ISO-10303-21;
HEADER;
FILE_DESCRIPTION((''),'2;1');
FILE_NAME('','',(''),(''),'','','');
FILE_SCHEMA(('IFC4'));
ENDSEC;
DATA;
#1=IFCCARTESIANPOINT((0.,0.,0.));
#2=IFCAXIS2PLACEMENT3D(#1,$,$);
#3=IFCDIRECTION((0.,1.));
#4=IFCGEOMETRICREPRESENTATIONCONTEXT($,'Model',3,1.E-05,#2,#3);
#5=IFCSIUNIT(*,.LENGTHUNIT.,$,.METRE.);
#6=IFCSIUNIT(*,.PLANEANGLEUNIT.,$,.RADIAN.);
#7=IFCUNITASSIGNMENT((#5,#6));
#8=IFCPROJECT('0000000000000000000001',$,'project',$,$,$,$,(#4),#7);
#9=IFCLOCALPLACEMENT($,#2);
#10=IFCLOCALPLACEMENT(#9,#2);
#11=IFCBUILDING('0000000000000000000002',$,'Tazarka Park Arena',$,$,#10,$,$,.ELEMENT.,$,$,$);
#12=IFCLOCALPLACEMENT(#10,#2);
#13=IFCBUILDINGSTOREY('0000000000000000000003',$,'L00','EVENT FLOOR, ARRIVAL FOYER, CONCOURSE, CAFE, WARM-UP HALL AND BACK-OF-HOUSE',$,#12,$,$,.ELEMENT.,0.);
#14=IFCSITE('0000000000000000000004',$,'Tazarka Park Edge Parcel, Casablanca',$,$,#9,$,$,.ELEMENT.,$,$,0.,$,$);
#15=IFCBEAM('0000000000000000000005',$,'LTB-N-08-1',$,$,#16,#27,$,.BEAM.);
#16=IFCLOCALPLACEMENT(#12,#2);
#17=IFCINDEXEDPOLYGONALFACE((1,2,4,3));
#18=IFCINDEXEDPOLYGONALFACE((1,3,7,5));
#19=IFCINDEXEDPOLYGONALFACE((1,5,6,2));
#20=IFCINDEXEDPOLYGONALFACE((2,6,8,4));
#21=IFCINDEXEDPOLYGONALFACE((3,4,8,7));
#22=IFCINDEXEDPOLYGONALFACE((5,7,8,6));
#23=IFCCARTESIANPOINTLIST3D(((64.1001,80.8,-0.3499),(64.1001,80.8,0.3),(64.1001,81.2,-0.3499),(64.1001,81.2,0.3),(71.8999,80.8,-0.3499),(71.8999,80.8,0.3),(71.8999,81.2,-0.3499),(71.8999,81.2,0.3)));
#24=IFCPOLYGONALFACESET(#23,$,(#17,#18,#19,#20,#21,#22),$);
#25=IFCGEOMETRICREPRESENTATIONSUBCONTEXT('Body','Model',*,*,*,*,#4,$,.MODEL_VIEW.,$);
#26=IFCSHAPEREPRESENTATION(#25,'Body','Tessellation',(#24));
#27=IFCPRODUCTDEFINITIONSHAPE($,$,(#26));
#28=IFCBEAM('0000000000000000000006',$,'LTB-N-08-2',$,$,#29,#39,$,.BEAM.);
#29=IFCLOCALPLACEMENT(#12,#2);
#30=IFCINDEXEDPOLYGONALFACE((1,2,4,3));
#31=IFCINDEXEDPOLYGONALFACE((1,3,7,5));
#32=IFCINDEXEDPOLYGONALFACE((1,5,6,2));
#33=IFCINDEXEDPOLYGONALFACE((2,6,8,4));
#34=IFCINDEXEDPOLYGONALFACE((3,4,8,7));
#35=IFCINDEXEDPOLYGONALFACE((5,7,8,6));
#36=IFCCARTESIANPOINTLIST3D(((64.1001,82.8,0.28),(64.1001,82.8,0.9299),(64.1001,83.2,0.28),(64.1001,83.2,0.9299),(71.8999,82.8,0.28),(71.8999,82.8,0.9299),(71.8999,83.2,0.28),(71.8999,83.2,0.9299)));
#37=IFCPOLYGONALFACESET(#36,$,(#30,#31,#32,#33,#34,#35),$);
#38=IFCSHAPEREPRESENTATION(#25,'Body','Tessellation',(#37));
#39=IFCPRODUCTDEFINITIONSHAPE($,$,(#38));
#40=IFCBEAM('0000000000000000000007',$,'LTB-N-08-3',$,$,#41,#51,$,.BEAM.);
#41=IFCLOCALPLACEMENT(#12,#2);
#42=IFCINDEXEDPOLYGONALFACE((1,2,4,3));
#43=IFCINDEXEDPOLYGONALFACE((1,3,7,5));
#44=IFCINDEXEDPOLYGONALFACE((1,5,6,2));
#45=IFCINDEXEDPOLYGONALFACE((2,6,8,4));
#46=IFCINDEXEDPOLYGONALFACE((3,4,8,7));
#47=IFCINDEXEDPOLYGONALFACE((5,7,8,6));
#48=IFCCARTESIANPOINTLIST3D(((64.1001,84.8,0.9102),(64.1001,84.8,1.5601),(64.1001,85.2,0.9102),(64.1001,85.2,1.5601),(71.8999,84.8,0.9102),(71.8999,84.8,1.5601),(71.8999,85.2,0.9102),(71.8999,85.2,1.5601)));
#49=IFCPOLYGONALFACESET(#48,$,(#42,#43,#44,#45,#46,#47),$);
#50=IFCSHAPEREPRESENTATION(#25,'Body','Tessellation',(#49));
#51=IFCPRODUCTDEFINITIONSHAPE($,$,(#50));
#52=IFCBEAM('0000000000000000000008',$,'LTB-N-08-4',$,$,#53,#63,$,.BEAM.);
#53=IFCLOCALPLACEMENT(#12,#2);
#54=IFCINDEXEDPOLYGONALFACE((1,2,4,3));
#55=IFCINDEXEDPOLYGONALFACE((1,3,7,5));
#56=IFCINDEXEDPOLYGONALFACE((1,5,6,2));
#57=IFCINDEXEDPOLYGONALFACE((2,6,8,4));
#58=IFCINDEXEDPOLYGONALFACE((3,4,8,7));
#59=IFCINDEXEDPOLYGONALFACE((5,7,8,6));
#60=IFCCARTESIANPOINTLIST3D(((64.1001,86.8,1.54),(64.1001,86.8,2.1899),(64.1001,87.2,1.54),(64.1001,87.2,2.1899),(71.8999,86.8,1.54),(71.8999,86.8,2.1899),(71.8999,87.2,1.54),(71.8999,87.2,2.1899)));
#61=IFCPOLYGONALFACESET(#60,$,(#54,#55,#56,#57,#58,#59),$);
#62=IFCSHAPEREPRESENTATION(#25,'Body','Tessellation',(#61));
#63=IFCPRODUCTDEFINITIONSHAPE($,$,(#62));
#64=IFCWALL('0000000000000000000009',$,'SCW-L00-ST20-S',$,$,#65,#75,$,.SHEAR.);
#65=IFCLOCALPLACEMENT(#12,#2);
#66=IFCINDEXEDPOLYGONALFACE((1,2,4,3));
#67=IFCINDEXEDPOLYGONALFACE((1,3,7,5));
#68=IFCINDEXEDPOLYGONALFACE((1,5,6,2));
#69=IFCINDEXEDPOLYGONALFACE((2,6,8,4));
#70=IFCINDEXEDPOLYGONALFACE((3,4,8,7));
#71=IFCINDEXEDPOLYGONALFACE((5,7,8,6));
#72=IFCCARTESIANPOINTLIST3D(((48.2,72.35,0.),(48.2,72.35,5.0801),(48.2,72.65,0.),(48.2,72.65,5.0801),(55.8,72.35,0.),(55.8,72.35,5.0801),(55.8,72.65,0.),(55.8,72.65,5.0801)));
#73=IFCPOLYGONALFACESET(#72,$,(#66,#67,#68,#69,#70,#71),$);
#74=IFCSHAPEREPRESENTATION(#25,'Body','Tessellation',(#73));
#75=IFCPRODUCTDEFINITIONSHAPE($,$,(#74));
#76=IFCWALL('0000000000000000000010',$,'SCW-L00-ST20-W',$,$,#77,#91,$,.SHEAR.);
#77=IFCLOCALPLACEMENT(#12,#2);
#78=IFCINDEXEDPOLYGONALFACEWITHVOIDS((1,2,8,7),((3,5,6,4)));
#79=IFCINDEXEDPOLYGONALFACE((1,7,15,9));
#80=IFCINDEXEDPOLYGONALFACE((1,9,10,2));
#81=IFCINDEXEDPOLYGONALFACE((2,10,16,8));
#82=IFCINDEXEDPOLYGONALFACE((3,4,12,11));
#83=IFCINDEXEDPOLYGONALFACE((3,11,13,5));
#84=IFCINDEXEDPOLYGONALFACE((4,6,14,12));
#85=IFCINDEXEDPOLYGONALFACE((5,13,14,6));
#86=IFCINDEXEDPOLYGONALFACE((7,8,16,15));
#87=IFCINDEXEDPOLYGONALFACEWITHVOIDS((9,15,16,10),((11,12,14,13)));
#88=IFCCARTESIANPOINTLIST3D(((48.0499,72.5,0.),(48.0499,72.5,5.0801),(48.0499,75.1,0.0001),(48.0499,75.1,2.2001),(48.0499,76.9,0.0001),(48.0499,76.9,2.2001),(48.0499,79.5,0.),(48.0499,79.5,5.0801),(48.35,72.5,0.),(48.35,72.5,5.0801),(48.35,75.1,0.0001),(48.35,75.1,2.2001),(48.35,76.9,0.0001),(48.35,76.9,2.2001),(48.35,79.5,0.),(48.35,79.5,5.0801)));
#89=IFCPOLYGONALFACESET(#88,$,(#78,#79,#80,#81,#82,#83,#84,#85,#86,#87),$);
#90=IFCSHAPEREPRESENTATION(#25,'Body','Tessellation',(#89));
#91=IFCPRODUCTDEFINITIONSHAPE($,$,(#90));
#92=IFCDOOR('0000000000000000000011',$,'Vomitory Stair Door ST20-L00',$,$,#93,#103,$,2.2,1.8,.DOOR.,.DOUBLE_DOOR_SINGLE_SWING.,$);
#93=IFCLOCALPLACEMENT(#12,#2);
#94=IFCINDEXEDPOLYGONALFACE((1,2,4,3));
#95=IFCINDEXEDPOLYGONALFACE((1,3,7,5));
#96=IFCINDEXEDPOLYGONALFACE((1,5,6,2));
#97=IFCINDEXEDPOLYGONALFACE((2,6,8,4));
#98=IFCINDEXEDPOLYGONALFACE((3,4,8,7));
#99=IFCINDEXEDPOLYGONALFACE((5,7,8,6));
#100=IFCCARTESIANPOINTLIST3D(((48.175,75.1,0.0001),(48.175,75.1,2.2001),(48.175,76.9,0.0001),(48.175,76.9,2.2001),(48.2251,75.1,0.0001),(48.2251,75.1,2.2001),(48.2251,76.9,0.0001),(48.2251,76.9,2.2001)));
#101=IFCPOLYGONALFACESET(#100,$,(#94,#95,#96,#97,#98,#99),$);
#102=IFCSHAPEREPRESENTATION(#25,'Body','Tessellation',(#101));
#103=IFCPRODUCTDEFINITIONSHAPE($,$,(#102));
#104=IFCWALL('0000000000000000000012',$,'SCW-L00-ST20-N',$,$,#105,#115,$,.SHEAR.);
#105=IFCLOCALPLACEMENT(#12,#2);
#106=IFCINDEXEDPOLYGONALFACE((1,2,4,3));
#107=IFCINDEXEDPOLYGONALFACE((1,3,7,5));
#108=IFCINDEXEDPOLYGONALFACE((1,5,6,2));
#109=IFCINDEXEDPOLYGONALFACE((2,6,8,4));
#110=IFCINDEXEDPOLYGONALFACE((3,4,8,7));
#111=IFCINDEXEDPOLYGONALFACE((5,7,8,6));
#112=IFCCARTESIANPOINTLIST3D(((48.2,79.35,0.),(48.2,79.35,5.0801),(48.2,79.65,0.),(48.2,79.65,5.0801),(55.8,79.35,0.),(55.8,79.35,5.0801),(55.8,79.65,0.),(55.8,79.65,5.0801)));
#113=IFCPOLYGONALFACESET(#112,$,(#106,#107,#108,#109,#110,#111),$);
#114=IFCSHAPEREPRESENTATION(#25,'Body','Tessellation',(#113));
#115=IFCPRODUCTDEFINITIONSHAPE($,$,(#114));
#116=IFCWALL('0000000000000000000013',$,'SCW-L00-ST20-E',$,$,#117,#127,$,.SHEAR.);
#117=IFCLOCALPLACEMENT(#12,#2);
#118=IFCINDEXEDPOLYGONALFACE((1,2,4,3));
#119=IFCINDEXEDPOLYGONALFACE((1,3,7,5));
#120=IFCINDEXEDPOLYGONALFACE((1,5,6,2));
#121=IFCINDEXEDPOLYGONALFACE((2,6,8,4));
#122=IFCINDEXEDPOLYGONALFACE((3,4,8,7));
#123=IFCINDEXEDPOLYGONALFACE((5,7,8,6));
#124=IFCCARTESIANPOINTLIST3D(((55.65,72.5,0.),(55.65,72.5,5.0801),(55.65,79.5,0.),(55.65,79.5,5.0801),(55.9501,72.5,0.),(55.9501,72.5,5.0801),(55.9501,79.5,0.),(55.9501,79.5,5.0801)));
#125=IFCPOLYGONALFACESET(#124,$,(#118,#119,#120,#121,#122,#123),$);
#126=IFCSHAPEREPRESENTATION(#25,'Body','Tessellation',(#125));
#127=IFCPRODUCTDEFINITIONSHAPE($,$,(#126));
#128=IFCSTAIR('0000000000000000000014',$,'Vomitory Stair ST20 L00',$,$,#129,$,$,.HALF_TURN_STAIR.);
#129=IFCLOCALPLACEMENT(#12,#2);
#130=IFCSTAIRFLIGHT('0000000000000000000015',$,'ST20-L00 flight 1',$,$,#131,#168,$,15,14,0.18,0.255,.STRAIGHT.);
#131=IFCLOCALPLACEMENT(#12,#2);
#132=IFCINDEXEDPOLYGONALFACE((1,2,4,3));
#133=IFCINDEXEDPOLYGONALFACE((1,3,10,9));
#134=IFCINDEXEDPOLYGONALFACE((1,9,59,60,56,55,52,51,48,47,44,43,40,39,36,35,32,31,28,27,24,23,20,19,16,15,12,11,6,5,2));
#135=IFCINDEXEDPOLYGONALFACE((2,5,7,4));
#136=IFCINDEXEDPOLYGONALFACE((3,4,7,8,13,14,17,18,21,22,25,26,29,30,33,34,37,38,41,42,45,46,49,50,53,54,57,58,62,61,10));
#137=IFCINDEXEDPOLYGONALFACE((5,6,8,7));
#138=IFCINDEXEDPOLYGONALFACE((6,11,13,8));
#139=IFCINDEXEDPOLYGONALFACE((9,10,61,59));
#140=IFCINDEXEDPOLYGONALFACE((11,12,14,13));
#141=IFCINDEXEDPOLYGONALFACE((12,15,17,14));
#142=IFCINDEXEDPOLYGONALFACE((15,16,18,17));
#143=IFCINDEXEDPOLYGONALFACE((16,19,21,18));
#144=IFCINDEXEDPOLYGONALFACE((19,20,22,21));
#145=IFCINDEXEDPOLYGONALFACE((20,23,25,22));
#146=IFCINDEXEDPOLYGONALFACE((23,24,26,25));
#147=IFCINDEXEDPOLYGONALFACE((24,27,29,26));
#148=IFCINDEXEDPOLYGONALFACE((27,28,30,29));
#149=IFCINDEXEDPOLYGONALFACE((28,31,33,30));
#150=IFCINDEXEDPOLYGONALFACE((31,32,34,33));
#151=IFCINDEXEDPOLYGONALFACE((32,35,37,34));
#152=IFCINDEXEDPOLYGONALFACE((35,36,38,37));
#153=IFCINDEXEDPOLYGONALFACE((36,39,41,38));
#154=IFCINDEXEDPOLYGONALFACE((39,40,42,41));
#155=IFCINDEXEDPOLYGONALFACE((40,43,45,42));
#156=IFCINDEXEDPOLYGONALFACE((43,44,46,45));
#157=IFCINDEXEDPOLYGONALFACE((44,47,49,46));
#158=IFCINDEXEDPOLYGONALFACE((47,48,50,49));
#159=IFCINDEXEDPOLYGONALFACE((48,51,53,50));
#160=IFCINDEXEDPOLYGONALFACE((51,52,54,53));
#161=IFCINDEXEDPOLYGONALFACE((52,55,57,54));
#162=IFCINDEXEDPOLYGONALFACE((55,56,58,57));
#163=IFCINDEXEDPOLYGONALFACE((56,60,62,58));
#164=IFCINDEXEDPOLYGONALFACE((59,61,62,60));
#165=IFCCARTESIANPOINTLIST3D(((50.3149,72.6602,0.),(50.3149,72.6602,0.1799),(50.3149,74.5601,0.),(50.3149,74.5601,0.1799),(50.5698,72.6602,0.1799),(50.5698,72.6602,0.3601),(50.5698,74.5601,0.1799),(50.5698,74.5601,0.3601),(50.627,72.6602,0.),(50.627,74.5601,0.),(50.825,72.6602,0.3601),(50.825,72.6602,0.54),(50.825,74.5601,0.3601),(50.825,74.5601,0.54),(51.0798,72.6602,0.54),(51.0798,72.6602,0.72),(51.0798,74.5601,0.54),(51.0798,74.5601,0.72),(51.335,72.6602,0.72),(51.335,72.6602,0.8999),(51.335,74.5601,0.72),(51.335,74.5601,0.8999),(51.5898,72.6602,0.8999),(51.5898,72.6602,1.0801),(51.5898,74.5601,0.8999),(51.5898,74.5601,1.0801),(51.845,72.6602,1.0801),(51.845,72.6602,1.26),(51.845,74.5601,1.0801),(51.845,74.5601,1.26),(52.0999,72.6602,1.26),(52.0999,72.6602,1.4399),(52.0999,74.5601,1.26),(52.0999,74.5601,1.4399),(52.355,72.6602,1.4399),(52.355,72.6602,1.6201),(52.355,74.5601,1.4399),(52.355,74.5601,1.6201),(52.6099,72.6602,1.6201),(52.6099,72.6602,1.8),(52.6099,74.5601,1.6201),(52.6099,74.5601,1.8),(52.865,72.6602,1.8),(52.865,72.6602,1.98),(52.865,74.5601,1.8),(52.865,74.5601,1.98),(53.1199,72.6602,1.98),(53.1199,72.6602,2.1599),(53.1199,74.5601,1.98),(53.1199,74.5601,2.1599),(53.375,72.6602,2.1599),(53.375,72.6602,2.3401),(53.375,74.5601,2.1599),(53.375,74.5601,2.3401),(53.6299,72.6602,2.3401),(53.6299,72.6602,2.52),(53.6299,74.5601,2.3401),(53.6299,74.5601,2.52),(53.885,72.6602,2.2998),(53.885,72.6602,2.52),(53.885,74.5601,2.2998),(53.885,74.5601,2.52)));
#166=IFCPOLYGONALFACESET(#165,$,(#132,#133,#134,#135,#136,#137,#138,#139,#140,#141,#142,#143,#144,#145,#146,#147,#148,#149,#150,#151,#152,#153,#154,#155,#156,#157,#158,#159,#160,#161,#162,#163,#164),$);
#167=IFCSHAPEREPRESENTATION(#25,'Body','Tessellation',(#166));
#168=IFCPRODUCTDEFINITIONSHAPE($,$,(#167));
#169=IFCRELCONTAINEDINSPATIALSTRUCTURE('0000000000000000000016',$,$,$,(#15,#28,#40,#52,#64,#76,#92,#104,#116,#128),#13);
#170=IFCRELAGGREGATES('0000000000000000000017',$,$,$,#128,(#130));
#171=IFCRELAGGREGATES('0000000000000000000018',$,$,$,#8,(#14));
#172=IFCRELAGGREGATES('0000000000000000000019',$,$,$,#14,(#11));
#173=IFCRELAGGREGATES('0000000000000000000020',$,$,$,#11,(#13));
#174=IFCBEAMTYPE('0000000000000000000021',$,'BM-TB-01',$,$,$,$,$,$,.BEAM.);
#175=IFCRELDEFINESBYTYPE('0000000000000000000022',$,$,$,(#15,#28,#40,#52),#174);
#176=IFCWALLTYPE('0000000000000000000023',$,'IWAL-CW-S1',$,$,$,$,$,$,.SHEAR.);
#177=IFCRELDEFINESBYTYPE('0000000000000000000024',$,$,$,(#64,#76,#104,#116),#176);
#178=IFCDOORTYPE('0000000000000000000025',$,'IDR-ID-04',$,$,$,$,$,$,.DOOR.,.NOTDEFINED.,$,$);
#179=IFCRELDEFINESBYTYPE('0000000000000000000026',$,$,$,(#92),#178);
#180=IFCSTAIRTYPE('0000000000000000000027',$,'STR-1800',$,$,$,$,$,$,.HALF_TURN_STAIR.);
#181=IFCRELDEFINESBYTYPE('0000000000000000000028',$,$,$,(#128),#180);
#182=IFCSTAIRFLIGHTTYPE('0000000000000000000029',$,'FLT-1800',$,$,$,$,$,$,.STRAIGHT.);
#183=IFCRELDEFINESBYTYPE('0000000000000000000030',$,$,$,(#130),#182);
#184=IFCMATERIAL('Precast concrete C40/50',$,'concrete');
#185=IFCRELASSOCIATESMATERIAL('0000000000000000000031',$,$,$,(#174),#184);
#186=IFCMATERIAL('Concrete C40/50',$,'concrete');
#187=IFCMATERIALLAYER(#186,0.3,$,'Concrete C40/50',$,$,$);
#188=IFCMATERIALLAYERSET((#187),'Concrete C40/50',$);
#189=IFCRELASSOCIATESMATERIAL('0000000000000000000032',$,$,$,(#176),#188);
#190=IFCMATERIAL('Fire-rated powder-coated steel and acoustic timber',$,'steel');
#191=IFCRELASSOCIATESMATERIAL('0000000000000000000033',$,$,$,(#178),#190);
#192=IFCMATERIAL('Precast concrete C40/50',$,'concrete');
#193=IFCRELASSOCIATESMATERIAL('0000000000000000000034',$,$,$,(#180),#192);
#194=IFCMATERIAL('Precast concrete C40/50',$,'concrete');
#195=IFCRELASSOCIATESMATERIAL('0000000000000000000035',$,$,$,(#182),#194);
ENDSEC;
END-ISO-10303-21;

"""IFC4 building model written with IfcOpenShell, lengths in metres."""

from ifc_helpers import new_model, si_unit, direction, frame, frame_2d, origin, origin_2d, place, context, subcontext, project, spatial, polyline, rectangle, outline, extrude, material, layer, layer_set, material_profile, profile_set, type_object, element, fill, aggregate, save


model = new_model("IFC4")

# Units and contexts
model_context = context("Model", 3, precision=1e-05, world=origin(), true_north=direction((0.0, 1.0)))
body_context = subcontext(model_context, "Body", "Model", "MODEL_VIEW")
ifc_project = project(units=[si_unit("LENGTHUNIT", "METRE"), si_unit("PLANEANGLEUNIT", "RADIAN")], contexts=[model_context])

# Site, building, storey
site_placement = place(None, origin())
site = spatial("IfcSite", under=ifc_project, at=site_placement, Name="Tazarka Park Edge Parcel, Casablanca", CompositionType="ELEMENT", RefElevation=0.0)
building_placement = place(site_placement, origin())
building = spatial("IfcBuilding", under=site, at=building_placement, Name="Tazarka Park Arena", CompositionType="ELEMENT")
storey_placement = place(building_placement, origin())
storey = spatial("IfcBuildingStorey", under=building, at=storey_placement, Name="L00", Description="EVENT FLOOR, ARRIVAL FOYER, CONCOURSE, CAFE, WARM-UP HALL AND BACK-OF-HOUSE", CompositionType="ELEMENT", Elevation=0.0)

# Beams
ifc_material_1 = material(Name="Precast concrete C40/50", Category="concrete")
ifc_material_profile_1 = material_profile(ifc_material_1, rectangle(XDim=0.3999, YDim=0.6499, at=origin_2d()), Name="Precast concrete C40/50")
ifc_profile_set_1 = profile_set([ifc_material_profile_1], Name="Precast concrete C40/50")
beam_type_1 = type_object("IfcBeamType", Name="BM-TB-01", PredefinedType="BEAM", material=ifc_profile_set_1)
for number, where, z_axis, x_axis, name in (
    (1, (64.1001, 81.0, -0.0249), (1.0, 0.0, 0.0), (0.0, 1.0, 0.0), "LTB-N-08-1"),
    (2, (64.1001, 83.0, 0.605), (1.0, 0.0, 0.0), (0.0, 1.0, 0.0), "LTB-N-08-2"),
    (3, (64.1001, 85.0, 1.2351), (1.0, 0.0, 0.0), (0.0, 1.0, 0.0), "LTB-N-08-3"),
    (4, (64.1001, 87.0, 1.865), (1.0, 0.0, 0.0), (0.0, 1.0, 0.0), "LTB-N-08-4"),
):
    element("IfcBeam", number, at=place(storey_placement, frame(where, z_axis=z_axis, x_axis=x_axis)), inside=storey, type_object=beam_type_1, Name=name, PredefinedType="BEAM", context=body_context, shape_type="SweptSolid", body=[
        extrude(rectangle(XDim=0.3999, YDim=0.6499, at=origin_2d()), origin(), (0.0, 0.0, 1.0), 7.7998),
    ])

# Wall
ifc_material_2 = material(Name="Concrete C40/50", Category="concrete")
ifc_layer = layer(ifc_material_2, 0.3, Name="Concrete C40/50")
ifc_layer_set = layer_set([ifc_layer], Name="Concrete C40/50")
wall_type = type_object("IfcWallType", Name="IWAL-CW-S1", PredefinedType="SHEAR", material=ifc_layer_set)
wall_1_placement = place(storey_placement, frame((55.8, 72.5, 0.0), z_axis=(0.0, 0.0, 1.0), x_axis=(-1.0, 0.0, 0.0)))
element("IfcWall", 5, at=wall_1_placement, inside=storey, type_object=wall_type, Name="SCW-L00-ST20-S", PredefinedType="SHEAR", context=body_context, shape_type="SweptSolid", body=[
    extrude(rectangle(XDim=7.6001, YDim=0.3, at=frame_2d((3.8, 0.0))), origin(), (0.0, 0.0, 1.0), 5.0801),
])

# Wall, opening, door
wall_2_placement = place(storey_placement, frame((48.2, 72.5, 0.0), z_axis=(0.0, 0.0, 1.0), x_axis=(0.0, 1.0, 0.0)))
wall_2 = element("IfcWall", 6, at=wall_2_placement, inside=storey, type_object=wall_type, Name="SCW-L00-ST20-W", PredefinedType="SHEAR", context=body_context, shape_type="SweptSolid", body=[
    extrude(rectangle(XDim=7.0, YDim=0.3, at=frame_2d((3.5, 0.0))), origin(), (0.0, 0.0, 1.0), 5.0801),
])
opening_placement = place(wall_2_placement, frame((2.6001, 0.0, 0.0)))
opening = element("IfcOpeningElement", 7, at=opening_placement, cuts=wall_2, PredefinedType="OPENING", context=body_context, shape_type="SweptSolid", body=[
    extrude(rectangle(XDim=1.8, YDim=2.2, at=frame_2d((0.8999, 1.1001))), frame((0.0, 0.1602, 0.0), z_axis=(0.0, -1.0, 0.0), x_axis=(1.0, 0.0, 0.0)), (0.0, 0.0, 1.0), 0.3201),
])
ifc_material_3 = material(Name="Fire-rated powder-coated steel and acoustic timber", Category="steel")
door_type = type_object("IfcDoorType", Name="IDR-ID-04", OperationType="NOTDEFINED", PredefinedType="DOOR", material=ifc_material_3)
door_placement = place(opening_placement, origin())
door = element("IfcDoor", 8, at=door_placement, inside=storey, type_object=door_type, Name="Vomitory Stair Door ST20-L00", OperationType="DOUBLE_DOOR_SINGLE_SWING", OverallHeight=2.2, OverallWidth=1.8, PredefinedType="DOOR", context=body_context, shape_type="SweptSolid", body=[
    extrude(rectangle(XDim=1.8, YDim=2.2, at=frame_2d((0.8999, 1.1001))), frame((0.0, 0.0249, 0.0), z_axis=(0.0, -1.0, 0.0), x_axis=(1.0, 0.0, 0.0)), (0.0, 0.0, 1.0), 0.05),
])
fill(opening, door)

# Walls
wall_3_placement = place(storey_placement, frame((48.2, 79.5, 0.0), z_axis=(0.0, 0.0, 1.0), x_axis=(1.0, 0.0, 0.0)))
element("IfcWall", 9, at=wall_3_placement, inside=storey, type_object=wall_type, Name="SCW-L00-ST20-N", PredefinedType="SHEAR", context=body_context, shape_type="SweptSolid", body=[
    extrude(rectangle(XDim=7.6001, YDim=0.3, at=frame_2d((3.8, 0.0))), origin(), (0.0, 0.0, 1.0), 5.0801),
])
wall_4_placement = place(storey_placement, frame((55.8, 79.5, 0.0), z_axis=(0.0, 0.0, 1.0), x_axis=(0.0, -1.0, 0.0)))
element("IfcWall", 10, at=wall_4_placement, inside=storey, type_object=wall_type, Name="SCW-L00-ST20-E", PredefinedType="SHEAR", context=body_context, shape_type="SweptSolid", body=[
    extrude(rectangle(XDim=7.0, YDim=0.3, at=frame_2d((3.5, 0.0))), origin(), (0.0, 0.0, 1.0), 5.0801),
])

# Stair, stair flight
ifc_material_4 = material(Name="Precast concrete C40/50", Category="concrete")
stair_type = type_object("IfcStairType", Name="STR-1800", PredefinedType="HALF_TURN_STAIR", material=ifc_material_4)
stair_placement = place(storey_placement, origin())
stair = element("IfcStair", 11, at=stair_placement, inside=storey, type_object=stair_type, Name="Vomitory Stair ST20 L00", PredefinedType="HALF_TURN_STAIR")
ifc_material_5 = material(Name="Precast concrete C40/50", Category="concrete")
stair_flight_type = type_object("IfcStairFlightType", Name="FLT-1800", PredefinedType="STRAIGHT", material=ifc_material_5)
stair_flight_1_placement = place(storey_placement, frame((50.3149, 73.6101, 0.0), z_axis=(0.0, 0.0, 1.0), x_axis=(1.0, 0.0, 0.0)))
stair_flight_1 = element("IfcStairFlight", 12, at=stair_flight_1_placement, type_object=stair_flight_type, Name="ST20-L00 flight 1", NumberOfRisers=15, NumberOfTreads=14, PredefinedType="STRAIGHT", RiserHeight=0.18, TreadLength=0.255, context=body_context, shape_type="SweptSolid", body=[
    extrude(outline(polyline([(0.0, 0.0), (0.0, 0.1799), (0.2549, 0.1799), (0.2549, 0.3601), (0.51, 0.3601), (0.51, 0.54), (0.7649, 0.54), (0.7649, 0.72), (1.02, 0.72), (1.02, 0.8999), (1.2749, 0.8999), (1.2749, 1.0801), (1.53, 1.0801), (1.53, 1.26), (1.7849, 1.26), (1.7849, 1.4399), (2.04, 1.4399), (2.04, 1.6201), (2.2949, 1.6201), (2.2949, 1.8), (2.55, 1.8), (2.55, 1.98), (2.8049, 1.98), (2.8049, 2.1599), (3.0601, 2.1599), (3.0601, 2.3401), (3.3149, 2.3401), (3.3149, 2.52), (3.5701, 2.52), (3.5701, 2.7), (3.5701, 2.2998), (0.312, 0.0), (0.0, 0.0)])), frame((0.0, 0.95, 0.0), z_axis=(0.0, -1.0, 0.0), x_axis=(1.0, 0.0, 0.0)), (0.0, 0.0, 1.0), 1.8999),
])
aggregate(stair, [stair_flight_1])

save(model, "model.ifc")
